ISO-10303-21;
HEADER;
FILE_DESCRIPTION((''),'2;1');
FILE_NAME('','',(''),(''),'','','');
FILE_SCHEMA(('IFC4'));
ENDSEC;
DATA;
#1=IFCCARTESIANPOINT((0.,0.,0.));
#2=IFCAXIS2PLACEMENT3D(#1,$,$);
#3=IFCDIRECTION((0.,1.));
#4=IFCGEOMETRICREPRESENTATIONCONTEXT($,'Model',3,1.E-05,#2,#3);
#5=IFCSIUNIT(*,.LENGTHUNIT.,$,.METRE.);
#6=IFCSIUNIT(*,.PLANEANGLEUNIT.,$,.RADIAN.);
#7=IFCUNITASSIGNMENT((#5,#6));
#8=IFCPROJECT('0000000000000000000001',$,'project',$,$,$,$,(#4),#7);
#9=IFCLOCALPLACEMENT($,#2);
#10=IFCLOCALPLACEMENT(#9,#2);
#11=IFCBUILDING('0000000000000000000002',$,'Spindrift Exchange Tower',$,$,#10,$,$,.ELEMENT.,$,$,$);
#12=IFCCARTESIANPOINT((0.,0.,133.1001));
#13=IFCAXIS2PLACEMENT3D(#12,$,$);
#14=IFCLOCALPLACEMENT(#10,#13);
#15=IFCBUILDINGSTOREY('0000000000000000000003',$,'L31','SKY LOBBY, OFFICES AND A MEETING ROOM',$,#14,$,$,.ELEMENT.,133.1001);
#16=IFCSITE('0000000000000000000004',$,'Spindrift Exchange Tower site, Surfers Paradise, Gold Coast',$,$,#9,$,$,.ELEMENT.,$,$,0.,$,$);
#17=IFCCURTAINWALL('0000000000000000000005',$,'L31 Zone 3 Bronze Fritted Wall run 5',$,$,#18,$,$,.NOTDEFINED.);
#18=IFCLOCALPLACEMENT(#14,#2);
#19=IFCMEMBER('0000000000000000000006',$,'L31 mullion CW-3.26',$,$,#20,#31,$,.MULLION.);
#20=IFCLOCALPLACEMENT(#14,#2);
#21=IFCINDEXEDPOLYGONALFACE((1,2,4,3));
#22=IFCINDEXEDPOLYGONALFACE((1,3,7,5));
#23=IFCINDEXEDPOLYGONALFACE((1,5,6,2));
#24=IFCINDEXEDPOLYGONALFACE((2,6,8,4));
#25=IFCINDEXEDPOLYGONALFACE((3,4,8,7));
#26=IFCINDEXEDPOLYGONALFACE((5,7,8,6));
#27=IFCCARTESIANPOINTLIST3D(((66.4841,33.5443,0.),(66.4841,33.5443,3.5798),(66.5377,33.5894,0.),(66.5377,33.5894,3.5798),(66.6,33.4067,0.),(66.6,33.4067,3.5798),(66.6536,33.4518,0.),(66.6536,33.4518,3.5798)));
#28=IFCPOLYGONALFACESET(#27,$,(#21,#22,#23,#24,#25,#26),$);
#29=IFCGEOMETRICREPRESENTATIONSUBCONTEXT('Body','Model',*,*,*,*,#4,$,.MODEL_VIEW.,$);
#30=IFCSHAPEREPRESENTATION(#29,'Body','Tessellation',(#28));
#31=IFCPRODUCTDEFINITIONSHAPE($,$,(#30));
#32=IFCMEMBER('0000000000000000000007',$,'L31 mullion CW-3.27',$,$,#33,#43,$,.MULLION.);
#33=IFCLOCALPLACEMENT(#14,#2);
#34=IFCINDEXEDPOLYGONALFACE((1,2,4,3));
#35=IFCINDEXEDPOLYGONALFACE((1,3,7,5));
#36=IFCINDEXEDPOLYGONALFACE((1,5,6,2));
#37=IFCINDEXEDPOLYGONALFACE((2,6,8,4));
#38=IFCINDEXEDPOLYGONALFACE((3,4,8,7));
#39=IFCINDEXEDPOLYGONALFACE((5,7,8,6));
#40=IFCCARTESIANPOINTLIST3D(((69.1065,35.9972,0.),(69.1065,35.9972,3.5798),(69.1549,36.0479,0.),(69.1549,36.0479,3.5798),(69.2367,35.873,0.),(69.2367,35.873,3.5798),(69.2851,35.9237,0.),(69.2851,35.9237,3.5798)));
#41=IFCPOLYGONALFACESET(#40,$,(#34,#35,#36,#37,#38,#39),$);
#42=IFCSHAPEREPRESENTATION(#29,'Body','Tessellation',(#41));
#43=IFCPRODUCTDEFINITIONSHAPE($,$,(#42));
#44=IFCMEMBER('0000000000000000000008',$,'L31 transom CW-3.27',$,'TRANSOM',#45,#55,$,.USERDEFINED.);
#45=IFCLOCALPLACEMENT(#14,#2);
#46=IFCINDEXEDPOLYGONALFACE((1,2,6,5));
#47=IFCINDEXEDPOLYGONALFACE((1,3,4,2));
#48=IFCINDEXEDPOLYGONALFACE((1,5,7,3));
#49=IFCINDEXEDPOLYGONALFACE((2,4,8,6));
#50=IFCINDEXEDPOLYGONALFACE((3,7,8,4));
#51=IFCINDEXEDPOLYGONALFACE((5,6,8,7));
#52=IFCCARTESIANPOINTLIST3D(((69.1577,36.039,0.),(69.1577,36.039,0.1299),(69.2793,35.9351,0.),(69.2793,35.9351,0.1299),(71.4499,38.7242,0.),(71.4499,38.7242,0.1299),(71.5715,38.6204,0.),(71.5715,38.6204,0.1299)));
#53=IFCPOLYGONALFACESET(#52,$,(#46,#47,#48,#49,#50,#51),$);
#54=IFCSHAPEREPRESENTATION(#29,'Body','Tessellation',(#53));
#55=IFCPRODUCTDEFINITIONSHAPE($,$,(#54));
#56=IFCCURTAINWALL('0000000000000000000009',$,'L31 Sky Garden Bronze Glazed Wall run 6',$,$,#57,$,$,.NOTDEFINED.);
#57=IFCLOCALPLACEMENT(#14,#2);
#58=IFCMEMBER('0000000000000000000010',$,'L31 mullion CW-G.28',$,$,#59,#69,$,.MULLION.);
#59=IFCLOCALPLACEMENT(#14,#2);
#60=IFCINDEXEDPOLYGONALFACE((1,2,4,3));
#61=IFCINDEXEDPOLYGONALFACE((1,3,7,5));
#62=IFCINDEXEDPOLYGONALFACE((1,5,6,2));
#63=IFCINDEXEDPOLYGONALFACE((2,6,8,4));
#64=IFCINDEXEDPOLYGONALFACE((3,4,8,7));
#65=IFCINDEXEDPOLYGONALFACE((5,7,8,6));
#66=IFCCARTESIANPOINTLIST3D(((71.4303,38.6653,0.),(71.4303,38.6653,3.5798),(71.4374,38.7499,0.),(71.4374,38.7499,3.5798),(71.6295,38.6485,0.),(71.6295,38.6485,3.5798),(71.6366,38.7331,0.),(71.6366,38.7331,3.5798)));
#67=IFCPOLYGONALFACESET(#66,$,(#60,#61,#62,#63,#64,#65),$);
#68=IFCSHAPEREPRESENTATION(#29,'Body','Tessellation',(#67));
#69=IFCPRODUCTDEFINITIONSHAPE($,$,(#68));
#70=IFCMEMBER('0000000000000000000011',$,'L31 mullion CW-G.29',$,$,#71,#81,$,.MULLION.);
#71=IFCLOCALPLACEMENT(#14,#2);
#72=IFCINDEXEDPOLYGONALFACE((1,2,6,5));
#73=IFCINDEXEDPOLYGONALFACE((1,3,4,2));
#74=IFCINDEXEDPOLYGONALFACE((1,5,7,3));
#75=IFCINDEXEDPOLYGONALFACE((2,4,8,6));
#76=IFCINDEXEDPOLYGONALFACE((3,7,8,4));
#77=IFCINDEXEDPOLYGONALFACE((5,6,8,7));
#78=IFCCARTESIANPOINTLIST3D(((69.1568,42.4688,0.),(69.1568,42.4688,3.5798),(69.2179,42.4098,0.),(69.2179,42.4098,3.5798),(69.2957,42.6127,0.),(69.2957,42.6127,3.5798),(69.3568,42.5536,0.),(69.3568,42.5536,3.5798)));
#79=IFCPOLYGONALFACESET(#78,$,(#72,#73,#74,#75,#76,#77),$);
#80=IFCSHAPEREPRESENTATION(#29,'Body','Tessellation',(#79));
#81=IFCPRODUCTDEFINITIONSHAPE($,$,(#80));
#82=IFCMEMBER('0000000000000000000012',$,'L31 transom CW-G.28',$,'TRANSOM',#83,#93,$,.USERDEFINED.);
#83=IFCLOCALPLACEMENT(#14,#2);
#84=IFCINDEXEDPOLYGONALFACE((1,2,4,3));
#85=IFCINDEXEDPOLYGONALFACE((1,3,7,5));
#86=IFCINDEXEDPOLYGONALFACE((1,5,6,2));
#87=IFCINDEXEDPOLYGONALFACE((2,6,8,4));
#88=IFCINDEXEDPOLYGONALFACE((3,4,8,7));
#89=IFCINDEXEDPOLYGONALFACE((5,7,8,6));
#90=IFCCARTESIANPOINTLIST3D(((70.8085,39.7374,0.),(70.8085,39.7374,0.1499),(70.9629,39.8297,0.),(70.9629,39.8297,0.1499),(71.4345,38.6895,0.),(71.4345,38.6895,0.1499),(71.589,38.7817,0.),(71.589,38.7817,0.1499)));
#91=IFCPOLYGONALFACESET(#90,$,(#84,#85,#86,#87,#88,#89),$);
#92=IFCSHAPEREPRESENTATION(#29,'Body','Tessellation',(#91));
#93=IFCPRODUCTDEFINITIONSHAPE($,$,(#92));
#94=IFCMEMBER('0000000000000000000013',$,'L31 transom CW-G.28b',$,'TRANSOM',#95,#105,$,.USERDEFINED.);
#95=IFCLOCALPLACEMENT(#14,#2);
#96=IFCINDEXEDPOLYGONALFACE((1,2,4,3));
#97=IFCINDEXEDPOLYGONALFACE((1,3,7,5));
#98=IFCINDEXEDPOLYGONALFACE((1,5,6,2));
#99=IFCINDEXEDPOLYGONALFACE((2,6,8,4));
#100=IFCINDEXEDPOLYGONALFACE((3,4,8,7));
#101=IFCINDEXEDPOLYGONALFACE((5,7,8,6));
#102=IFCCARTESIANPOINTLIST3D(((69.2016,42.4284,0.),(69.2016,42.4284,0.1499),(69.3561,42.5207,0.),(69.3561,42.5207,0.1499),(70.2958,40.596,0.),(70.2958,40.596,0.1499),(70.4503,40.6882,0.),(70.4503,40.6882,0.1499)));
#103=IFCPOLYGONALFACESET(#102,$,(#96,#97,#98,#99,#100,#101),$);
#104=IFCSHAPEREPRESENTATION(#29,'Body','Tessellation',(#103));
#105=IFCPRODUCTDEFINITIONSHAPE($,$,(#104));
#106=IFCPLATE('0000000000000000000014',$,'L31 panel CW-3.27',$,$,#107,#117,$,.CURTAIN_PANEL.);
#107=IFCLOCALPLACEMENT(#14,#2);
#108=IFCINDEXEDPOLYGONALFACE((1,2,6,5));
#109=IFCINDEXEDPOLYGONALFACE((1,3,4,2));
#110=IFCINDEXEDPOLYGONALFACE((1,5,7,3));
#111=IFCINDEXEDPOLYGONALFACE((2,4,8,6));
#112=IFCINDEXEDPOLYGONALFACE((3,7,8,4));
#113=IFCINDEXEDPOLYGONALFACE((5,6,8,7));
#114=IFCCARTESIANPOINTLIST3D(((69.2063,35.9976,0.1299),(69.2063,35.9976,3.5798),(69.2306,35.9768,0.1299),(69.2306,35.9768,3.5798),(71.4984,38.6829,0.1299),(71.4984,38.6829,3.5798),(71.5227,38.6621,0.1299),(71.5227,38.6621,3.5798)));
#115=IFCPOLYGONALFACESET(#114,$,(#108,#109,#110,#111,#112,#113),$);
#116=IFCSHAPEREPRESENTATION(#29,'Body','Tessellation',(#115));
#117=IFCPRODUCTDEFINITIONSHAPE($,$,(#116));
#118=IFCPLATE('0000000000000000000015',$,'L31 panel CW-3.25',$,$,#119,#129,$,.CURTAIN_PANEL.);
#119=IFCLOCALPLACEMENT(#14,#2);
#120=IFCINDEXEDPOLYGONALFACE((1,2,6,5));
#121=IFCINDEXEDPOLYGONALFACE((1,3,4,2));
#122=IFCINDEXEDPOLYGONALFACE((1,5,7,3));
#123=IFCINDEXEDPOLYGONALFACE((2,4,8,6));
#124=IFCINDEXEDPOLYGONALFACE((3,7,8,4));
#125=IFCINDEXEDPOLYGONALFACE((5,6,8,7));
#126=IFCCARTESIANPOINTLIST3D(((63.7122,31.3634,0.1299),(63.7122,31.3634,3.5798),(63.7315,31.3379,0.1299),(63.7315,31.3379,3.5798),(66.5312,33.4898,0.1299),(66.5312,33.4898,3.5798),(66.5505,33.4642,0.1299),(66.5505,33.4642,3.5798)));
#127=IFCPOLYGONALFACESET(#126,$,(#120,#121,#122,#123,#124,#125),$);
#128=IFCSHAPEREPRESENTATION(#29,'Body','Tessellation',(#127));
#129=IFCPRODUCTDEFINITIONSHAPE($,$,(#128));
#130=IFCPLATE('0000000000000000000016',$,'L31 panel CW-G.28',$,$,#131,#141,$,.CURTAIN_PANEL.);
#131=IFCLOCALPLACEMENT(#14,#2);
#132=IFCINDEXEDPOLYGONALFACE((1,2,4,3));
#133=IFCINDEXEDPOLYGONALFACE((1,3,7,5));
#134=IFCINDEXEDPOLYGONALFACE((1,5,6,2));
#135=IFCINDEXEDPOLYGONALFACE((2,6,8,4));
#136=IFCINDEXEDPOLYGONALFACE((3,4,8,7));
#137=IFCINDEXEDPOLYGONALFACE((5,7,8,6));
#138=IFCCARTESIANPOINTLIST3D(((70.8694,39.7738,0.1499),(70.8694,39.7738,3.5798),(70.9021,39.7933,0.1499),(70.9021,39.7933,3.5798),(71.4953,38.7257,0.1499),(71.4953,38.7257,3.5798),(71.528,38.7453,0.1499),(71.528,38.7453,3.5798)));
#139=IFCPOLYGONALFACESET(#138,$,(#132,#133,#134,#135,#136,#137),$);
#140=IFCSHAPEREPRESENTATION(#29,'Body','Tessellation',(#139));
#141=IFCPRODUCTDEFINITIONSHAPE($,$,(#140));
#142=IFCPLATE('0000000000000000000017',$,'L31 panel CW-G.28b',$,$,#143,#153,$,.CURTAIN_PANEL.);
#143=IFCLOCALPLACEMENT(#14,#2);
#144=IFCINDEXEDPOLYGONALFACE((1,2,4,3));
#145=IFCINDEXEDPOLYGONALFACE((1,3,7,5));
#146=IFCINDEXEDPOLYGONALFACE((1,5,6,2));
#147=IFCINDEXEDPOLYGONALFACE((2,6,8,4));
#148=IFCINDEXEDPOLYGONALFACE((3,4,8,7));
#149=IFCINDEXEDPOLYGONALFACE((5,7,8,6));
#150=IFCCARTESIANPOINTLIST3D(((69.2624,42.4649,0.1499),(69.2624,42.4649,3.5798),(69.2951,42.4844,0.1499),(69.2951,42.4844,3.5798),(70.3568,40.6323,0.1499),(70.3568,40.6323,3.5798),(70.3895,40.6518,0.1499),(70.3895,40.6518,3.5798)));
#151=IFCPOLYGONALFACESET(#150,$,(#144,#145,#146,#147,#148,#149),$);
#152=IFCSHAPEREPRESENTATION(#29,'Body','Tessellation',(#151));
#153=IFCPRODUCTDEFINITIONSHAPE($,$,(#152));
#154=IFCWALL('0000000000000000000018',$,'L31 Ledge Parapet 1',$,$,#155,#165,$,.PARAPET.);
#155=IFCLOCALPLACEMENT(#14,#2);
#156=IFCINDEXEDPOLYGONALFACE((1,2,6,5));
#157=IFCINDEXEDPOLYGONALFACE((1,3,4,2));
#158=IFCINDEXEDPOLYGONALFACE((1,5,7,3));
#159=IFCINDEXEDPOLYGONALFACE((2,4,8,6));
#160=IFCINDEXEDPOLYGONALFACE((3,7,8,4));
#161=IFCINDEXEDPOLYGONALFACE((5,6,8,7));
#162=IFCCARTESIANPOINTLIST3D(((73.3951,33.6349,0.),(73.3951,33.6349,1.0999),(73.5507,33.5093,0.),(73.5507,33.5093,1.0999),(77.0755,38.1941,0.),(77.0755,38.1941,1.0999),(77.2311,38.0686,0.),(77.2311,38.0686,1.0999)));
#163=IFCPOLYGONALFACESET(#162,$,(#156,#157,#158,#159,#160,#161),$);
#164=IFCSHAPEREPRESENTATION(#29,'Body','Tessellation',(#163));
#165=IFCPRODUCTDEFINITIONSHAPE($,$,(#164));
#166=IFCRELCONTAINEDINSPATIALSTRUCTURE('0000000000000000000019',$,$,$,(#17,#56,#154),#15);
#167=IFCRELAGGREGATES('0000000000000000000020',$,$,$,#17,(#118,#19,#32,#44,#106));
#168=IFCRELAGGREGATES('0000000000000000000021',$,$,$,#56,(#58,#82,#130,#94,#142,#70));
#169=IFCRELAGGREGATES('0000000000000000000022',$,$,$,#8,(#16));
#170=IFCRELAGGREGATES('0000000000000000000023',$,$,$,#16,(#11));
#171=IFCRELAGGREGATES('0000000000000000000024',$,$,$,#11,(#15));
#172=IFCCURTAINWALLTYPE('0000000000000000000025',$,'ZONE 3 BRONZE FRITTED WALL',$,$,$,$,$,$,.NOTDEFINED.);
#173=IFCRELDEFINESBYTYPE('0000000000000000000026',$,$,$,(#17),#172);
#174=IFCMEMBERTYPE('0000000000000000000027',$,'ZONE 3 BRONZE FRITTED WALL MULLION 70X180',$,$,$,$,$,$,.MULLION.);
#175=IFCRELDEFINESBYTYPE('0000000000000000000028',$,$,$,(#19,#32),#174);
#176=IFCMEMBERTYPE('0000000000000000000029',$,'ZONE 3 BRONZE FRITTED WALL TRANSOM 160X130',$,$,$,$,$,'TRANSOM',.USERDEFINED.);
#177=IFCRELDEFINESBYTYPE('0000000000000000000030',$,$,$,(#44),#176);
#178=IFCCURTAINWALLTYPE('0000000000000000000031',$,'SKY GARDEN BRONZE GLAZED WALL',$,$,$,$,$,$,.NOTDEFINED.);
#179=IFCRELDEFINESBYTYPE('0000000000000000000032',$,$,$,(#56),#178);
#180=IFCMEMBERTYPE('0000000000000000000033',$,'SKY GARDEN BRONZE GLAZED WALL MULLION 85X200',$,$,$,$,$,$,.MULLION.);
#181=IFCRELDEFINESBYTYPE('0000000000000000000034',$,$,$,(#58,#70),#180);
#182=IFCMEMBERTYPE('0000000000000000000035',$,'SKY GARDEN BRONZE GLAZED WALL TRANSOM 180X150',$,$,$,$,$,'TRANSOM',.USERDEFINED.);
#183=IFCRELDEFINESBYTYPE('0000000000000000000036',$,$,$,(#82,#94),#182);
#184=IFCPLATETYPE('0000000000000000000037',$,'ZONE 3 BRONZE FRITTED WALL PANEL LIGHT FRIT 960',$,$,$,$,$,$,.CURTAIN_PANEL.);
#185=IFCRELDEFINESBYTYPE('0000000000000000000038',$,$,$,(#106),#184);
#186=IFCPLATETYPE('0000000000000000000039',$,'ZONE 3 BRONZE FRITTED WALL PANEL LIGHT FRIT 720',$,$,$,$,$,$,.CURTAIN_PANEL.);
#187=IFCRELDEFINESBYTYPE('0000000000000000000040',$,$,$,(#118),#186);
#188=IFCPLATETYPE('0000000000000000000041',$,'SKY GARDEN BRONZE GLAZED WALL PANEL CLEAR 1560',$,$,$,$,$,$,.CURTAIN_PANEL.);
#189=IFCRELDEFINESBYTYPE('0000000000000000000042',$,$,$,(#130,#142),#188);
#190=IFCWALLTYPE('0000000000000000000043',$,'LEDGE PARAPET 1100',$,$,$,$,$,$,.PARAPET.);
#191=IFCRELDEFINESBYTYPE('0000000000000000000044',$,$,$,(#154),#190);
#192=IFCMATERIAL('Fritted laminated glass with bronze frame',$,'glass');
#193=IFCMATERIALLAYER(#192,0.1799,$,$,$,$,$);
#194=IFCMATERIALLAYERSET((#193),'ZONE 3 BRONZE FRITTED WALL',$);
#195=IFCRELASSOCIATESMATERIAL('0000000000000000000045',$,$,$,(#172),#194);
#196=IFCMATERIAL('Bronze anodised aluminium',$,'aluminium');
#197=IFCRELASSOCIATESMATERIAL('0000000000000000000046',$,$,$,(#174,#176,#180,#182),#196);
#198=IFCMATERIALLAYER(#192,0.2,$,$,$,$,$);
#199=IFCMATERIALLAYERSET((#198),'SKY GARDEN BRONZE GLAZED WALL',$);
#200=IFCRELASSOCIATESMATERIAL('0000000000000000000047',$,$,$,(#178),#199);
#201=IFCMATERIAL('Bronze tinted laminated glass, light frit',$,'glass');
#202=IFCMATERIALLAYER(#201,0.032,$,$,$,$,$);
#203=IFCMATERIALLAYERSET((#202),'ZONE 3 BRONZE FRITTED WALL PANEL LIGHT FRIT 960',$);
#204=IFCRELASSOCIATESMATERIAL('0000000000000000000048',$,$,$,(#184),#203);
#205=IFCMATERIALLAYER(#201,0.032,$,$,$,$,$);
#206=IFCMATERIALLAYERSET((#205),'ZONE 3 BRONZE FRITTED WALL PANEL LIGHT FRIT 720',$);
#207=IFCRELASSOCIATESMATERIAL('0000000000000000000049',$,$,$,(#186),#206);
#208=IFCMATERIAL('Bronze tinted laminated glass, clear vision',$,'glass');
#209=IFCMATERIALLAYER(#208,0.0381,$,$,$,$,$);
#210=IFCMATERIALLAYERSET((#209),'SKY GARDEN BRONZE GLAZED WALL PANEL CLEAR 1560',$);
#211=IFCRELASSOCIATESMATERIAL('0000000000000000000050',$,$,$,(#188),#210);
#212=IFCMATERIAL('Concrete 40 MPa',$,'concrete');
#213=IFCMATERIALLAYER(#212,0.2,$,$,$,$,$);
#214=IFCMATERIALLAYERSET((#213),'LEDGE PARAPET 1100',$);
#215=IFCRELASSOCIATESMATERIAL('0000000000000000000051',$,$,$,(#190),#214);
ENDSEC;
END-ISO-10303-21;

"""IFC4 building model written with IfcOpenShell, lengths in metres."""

from ifc_helpers import new_model, si_unit, direction, frame, frame_2d, origin, origin_2d, place, context, subcontext, project, spatial, rectangle, extrude, source, transform, mapped, material, layer, layer_set, material_profile, profile_set, type_object, element, aggregate, save


model = new_model("IFC4")

# Units and contexts
model_context = context("Model", 3, precision=1e-05, world=origin(), true_north=direction((0.0, 1.0)))
body_context = subcontext(model_context, "Body", "Model", "MODEL_VIEW")
ifc_project = project(units=[si_unit("LENGTHUNIT", "METRE"), si_unit("PLANEANGLEUNIT", "RADIAN")], contexts=[model_context])

# Site, building, storey
site_placement = place(None, origin())
site = spatial("IfcSite", under=ifc_project, at=site_placement, Name="Spindrift Exchange Tower site, Surfers Paradise, Gold Coast", CompositionType="ELEMENT", RefElevation=0.0)
building_placement = place(site_placement, origin())
building = spatial("IfcBuilding", under=site, at=building_placement, Name="Spindrift Exchange Tower", CompositionType="ELEMENT")
storey_placement = place(building_placement, frame((0.0, 0.0, 133.1001)))
storey = spatial("IfcBuildingStorey", under=building, at=storey_placement, Name="L31", Description="SKY LOBBY, OFFICES AND A MEETING ROOM", CompositionType="ELEMENT", Elevation=133.1001)

# Curtain walls, members
ifc_material_1 = material(Name="Fritted laminated glass with bronze frame", Category="glass")
ifc_layer_1 = layer(ifc_material_1, 0.1799)
ifc_layer_set_1 = layer_set([ifc_layer_1], Name="ZONE 3 BRONZE FRITTED WALL")
curtain_wall_type_1 = type_object("IfcCurtainWallType", Name="ZONE 3 BRONZE FRITTED WALL", PredefinedType="NOTDEFINED", material=ifc_layer_set_1)
curtain_wall_1_placement = place(storey_placement, origin())
curtain_wall_1 = element("IfcCurtainWall", 1, at=curtain_wall_1_placement, inside=storey, type_object=curtain_wall_type_1, Name="L31 Zone 3 Bronze Fritted Wall run 5", PredefinedType="NOTDEFINED")
ifc_material_2 = material(Name="Bronze anodised aluminium", Category="aluminium")
ifc_material_profile_1 = material_profile(ifc_material_2, rectangle(XDim=0.0701, YDim=0.1799, at=origin_2d()), Name="ZONE 3 BRONZE FRITTED WALL MULLION 70X180")
ifc_profile_set_1 = profile_set([ifc_material_profile_1], Name="Bronze anodised aluminium")
member_type_1 = type_object("IfcMemberType", Name="ZONE 3 BRONZE FRITTED WALL MULLION 70X180", PredefinedType="MULLION", material=ifc_profile_set_1)
shared_shape_1 = source(origin(), body_context, "Body", "SweptSolid", [
    extrude(rectangle(XDim=0.0701, YDim=0.1799, at=origin_2d()), origin(), (0.0, 0.0, 1.0), 3.5798),
])
member_1_placement = place(storey_placement, frame((66.5688, 33.498, 0.0), z_axis=(0.0, 0.0, 1.0), x_axis=(0.765053, 0.643967, 0.0)))
member_1 = element("IfcMember", 2, at=member_1_placement, type_object=member_type_1, Name="L31 mullion CW-3.26", PredefinedType="MULLION", context=body_context, shape_type="MappedRepresentation", body=[
    mapped(shared_shape_1, transform((0.0, 0.0, 0.0), scale=1.0)),
])
member_2_placement = place(storey_placement, frame((69.1958, 35.9604, 0.0), z_axis=(0.0, 0.0, 1.0), x_axis=(0.690469, 0.723362, 0.0)))
member_2 = element("IfcMember", 3, at=member_2_placement, type_object=member_type_1, Name="L31 mullion CW-3.27", PredefinedType="MULLION", context=body_context, shape_type="MappedRepresentation", body=[
    mapped(shared_shape_1, transform((0.0, 0.0, 0.0), scale=1.0)),
])
ifc_material_profile_2 = material_profile(ifc_material_2, rectangle(XDim=0.1599, YDim=0.1299, at=origin_2d()), Name="ZONE 3 BRONZE FRITTED WALL TRANSOM 160X130")
ifc_profile_set_2 = profile_set([ifc_material_profile_2], Name="Bronze anodised aluminium")
member_type_2 = type_object("IfcMemberType", Name="ZONE 3 BRONZE FRITTED WALL TRANSOM 160X130", ElementType="TRANSOM", PredefinedType="USERDEFINED", material=ifc_profile_set_2)
shared_shape_2 = source(origin(), body_context, "Body", "SweptSolid", [
    extrude(rectangle(XDim=0.1599, YDim=0.1299, at=origin_2d()), origin(), (0.0, 0.0, 1.0), 3.5305),
])
member_3_placement = place(storey_placement, frame((69.2185, 35.9871, 0.0649), z_axis=(0.649247, 0.760578, 0.0), x_axis=(-0.760578, 0.649247, 0.0)))
member_3 = element("IfcMember", 4, at=member_3_placement, type_object=member_type_2, Name="L31 transom CW-3.27", ObjectType="TRANSOM", PredefinedType="USERDEFINED", context=body_context, shape_type="MappedRepresentation", body=[
    mapped(shared_shape_2, transform((0.0, 0.0, 0.0), scale=1.0)),
])
ifc_layer_2 = layer(ifc_material_1, 0.2)
ifc_layer_set_2 = layer_set([ifc_layer_2], Name="SKY GARDEN BRONZE GLAZED WALL")
curtain_wall_type_2 = type_object("IfcCurtainWallType", Name="SKY GARDEN BRONZE GLAZED WALL", PredefinedType="NOTDEFINED", material=ifc_layer_set_2)
curtain_wall_2_placement = place(storey_placement, origin())
curtain_wall_2 = element("IfcCurtainWall", 5, at=curtain_wall_2_placement, inside=storey, type_object=curtain_wall_type_2, Name="L31 Sky Garden Bronze Glazed Wall run 6", PredefinedType="NOTDEFINED")
ifc_material_profile_3 = material_profile(ifc_material_2, rectangle(XDim=0.085, YDim=0.2, at=origin_2d()), Name="SKY GARDEN BRONZE GLAZED WALL MULLION 85X200")
ifc_profile_set_3 = profile_set([ifc_material_profile_3], Name="Bronze anodised aluminium")
member_type_3 = type_object("IfcMemberType", Name="SKY GARDEN BRONZE GLAZED WALL MULLION 85X200", PredefinedType="MULLION", material=ifc_profile_set_3)
shared_shape_3 = source(origin(), body_context, "Body", "SweptSolid", [
    extrude(rectangle(XDim=0.085, YDim=0.2, at=origin_2d()), origin(), (0.0, 0.0, 1.0), 3.5798),
])
member_4_placement = place(storey_placement, frame((71.5334, 38.6992, 0.0), z_axis=(0.0, 0.0, 1.0), x_axis=(0.084013, 0.996465, 0.0)))
member_4 = element("IfcMember", 6, at=member_4_placement, type_object=member_type_3, Name="L31 mullion CW-G.28", PredefinedType="MULLION", context=body_context, shape_type="MappedRepresentation", body=[
    mapped(shared_shape_3, transform((0.0, 0.0, 0.0), scale=1.0)),
])
member_5_placement = place(storey_placement, frame((69.2568, 42.5112, 0.0), z_axis=(0.0, 0.0, 1.0), x_axis=(-0.719333, 0.694665, 0.0)))
member_5 = element("IfcMember", 7, at=member_5_placement, type_object=member_type_3, Name="L31 mullion CW-G.29", PredefinedType="MULLION", context=body_context, shape_type="MappedRepresentation", body=[
    mapped(shared_shape_3, transform((0.0, 0.0, 0.0), scale=1.0)),
])
ifc_material_profile_4 = material_profile(ifc_material_2, rectangle(XDim=0.1799, YDim=0.1499, at=origin_2d()), Name="SKY GARDEN BRONZE GLAZED WALL TRANSOM 180X150")
ifc_profile_set_4 = profile_set([ifc_material_profile_4], Name="Bronze anodised aluminium")
member_type_4 = type_object("IfcMemberType", Name="SKY GARDEN BRONZE GLAZED WALL TRANSOM 180X150", ElementType="TRANSOM", PredefinedType="USERDEFINED", material=ifc_profile_set_4)
shared_shape_4 = source(origin(), body_context, "Body", "SweptSolid", [
    extrude(rectangle(XDim=0.1799, YDim=0.1499, at=origin_2d()), origin(), (0.0, 0.0, 1.0), 1.2207),
])
member_6_placement = place(storey_placement, frame((71.5117, 38.7356, 0.075), z_axis=(-0.512848, 0.85848, 0.0), x_axis=(-0.85848, -0.512848, 0.0)))
member_6 = element("IfcMember", 8, at=member_6_placement, type_object=member_type_4, Name="L31 transom CW-G.28", ObjectType="TRANSOM", PredefinedType="USERDEFINED", context=body_context, shape_type="MappedRepresentation", body=[
    mapped(shared_shape_4, transform((0.0, 0.0, 0.0), scale=1.0)),
])
shared_shape_5 = source(origin(), body_context, "Body", "SweptSolid", [
    extrude(rectangle(XDim=0.1799, YDim=0.1499, at=origin_2d()), origin(), (0.0, 0.0, 1.0), 2.1343),
])
member_7_placement = place(storey_placement, frame((70.373, 40.6421, 0.075), z_axis=(-0.512678, 0.858581, 0.0), x_axis=(-0.858581, -0.512678, 0.0)))
member_7 = element("IfcMember", 9, at=member_7_placement, type_object=member_type_4, Name="L31 transom CW-G.28b", ObjectType="TRANSOM", PredefinedType="USERDEFINED", context=body_context, shape_type="MappedRepresentation", body=[
    mapped(shared_shape_5, transform((0.0, 0.0, 0.0), scale=1.0)),
])

# Plates
ifc_material_3 = material(Name="Bronze tinted laminated glass, light frit", Category="glass")
ifc_layer_3 = layer(ifc_material_3, 0.032)
ifc_layer_set_3 = layer_set([ifc_layer_3], Name="ZONE 3 BRONZE FRITTED WALL PANEL LIGHT FRIT 960")
plate_type_1 = type_object("IfcPlateType", Name="ZONE 3 BRONZE FRITTED WALL PANEL LIGHT FRIT 960", PredefinedType="CURTAIN_PANEL", material=ifc_layer_set_3)
shared_shape_6 = source(origin(), body_context, "Body", "SweptSolid", [
    extrude(rectangle(XDim=3.5305, YDim=0.032, at=origin_2d()), origin(), (0.0, 0.0, 1.0), 3.45),
])
plate_1_placement = place(storey_placement, frame((70.3645, 37.3298, 0.1299), z_axis=(0.0, 0.0, 1.0), x_axis=(0.649225, 0.760596, 0.0)))
plate_1 = element("IfcPlate", 10, at=plate_1_placement, type_object=plate_type_1, Name="L31 panel CW-3.27", PredefinedType="CURTAIN_PANEL", context=body_context, shape_type="MappedRepresentation", body=[
    mapped(shared_shape_6, transform((0.0, 0.0, 0.0), scale=1.0)),
])
ifc_layer_4 = layer(ifc_material_3, 0.032)
ifc_layer_set_4 = layer_set([ifc_layer_4], Name="ZONE 3 BRONZE FRITTED WALL PANEL LIGHT FRIT 720")
plate_type_2 = type_object("IfcPlateType", Name="ZONE 3 BRONZE FRITTED WALL PANEL LIGHT FRIT 720", PredefinedType="CURTAIN_PANEL", material=ifc_layer_set_4)
shared_shape_7 = source(origin(), body_context, "Body", "SweptSolid", [
    extrude(rectangle(XDim=3.531, YDim=0.032, at=origin_2d()), origin(), (0.0, 0.0, 1.0), 3.45),
])
plate_2_placement = place(storey_placement, frame((65.1313, 32.4138, 0.1299), z_axis=(0.0, 0.0, 1.0), x_axis=(0.798344, 0.602201, 0.0)))
plate_2 = element("IfcPlate", 11, at=plate_2_placement, type_object=plate_type_2, Name="L31 panel CW-3.25", PredefinedType="CURTAIN_PANEL", context=body_context, shape_type="MappedRepresentation", body=[
    mapped(shared_shape_7, transform((0.0, 0.0, 0.0), scale=1.0)),
])
aggregate(curtain_wall_1, [plate_2, member_1, member_2, member_3, plate_1])
ifc_material_4 = material(Name="Bronze tinted laminated glass, clear vision", Category="glass")
ifc_layer_5 = layer(ifc_material_4, 0.0381)
ifc_layer_set_5 = layer_set([ifc_layer_5], Name="SKY GARDEN BRONZE GLAZED WALL PANEL CLEAR 1560")
plate_type_3 = type_object("IfcPlateType", Name="SKY GARDEN BRONZE GLAZED WALL PANEL CLEAR 1560", PredefinedType="CURTAIN_PANEL", material=ifc_layer_set_5)
shared_shape_8 = source(origin(), body_context, "Body", "SweptSolid", [
    extrude(rectangle(XDim=1.2207, YDim=0.0381, at=origin_2d()), origin(), (0.0, 0.0, 1.0), 3.4299),
])
plate_3_placement = place(storey_placement, frame((71.1987, 39.2595, 0.1499), z_axis=(0.0, 0.0, 1.0), x_axis=(-0.512713, 0.85856, 0.0)))
plate_3 = element("IfcPlate", 12, at=plate_3_placement, type_object=plate_type_3, Name="L31 panel CW-G.28", PredefinedType="CURTAIN_PANEL", context=body_context, shape_type="MappedRepresentation", body=[
    mapped(shared_shape_8, transform((0.0, 0.0, 0.0), scale=1.0)),
])
shared_shape_9 = source(origin(), body_context, "Body", "SweptSolid", [
    extrude(rectangle(XDim=2.1345, YDim=0.0381, at=origin_2d()), origin(), (0.0, 0.0, 1.0), 3.4299),
])
plate_4_placement = place(storey_placement, frame((69.8259, 41.5583, 0.1499), z_axis=(0.0, 0.0, 1.0), x_axis=(-0.512713, 0.85856, 0.0)))
plate_4 = element("IfcPlate", 13, at=plate_4_placement, type_object=plate_type_3, Name="L31 panel CW-G.28b", PredefinedType="CURTAIN_PANEL", context=body_context, shape_type="MappedRepresentation", body=[
    mapped(shared_shape_9, transform((0.0, 0.0, 0.0), scale=1.0)),
])
aggregate(curtain_wall_2, [member_4, member_6, plate_3, member_7, plate_4, member_5])

# Wall
ifc_material_5 = material(Name="Concrete 40 MPa", Category="concrete")
ifc_layer_6 = layer(ifc_material_5, 0.2)
ifc_layer_set_6 = layer_set([ifc_layer_6], Name="LEDGE PARAPET 1100")
wall_type_1 = type_object("IfcWallType", Name="LEDGE PARAPET 1100", PredefinedType="PARAPET", material=ifc_layer_set_6)
wall_1_placement = place(storey_placement, frame((77.1533, 38.1313, 0.0), z_axis=(0.0, 0.0, 1.0), x_axis=(-0.628119, -0.778117, 0.0)))
element("IfcWall", 14, at=wall_1_placement, inside=storey, type_object=wall_type_1, Name="L31 Ledge Parapet 1", PredefinedType="PARAPET", context=body_context, shape_type="SweptSolid", body=[
    extrude(rectangle(XDim=5.8594, YDim=0.2, at=frame_2d((2.9297, 0.0))), origin(), (0.0, 0.0, 1.0), 1.0999),
])

save(model, "model.ifc")
